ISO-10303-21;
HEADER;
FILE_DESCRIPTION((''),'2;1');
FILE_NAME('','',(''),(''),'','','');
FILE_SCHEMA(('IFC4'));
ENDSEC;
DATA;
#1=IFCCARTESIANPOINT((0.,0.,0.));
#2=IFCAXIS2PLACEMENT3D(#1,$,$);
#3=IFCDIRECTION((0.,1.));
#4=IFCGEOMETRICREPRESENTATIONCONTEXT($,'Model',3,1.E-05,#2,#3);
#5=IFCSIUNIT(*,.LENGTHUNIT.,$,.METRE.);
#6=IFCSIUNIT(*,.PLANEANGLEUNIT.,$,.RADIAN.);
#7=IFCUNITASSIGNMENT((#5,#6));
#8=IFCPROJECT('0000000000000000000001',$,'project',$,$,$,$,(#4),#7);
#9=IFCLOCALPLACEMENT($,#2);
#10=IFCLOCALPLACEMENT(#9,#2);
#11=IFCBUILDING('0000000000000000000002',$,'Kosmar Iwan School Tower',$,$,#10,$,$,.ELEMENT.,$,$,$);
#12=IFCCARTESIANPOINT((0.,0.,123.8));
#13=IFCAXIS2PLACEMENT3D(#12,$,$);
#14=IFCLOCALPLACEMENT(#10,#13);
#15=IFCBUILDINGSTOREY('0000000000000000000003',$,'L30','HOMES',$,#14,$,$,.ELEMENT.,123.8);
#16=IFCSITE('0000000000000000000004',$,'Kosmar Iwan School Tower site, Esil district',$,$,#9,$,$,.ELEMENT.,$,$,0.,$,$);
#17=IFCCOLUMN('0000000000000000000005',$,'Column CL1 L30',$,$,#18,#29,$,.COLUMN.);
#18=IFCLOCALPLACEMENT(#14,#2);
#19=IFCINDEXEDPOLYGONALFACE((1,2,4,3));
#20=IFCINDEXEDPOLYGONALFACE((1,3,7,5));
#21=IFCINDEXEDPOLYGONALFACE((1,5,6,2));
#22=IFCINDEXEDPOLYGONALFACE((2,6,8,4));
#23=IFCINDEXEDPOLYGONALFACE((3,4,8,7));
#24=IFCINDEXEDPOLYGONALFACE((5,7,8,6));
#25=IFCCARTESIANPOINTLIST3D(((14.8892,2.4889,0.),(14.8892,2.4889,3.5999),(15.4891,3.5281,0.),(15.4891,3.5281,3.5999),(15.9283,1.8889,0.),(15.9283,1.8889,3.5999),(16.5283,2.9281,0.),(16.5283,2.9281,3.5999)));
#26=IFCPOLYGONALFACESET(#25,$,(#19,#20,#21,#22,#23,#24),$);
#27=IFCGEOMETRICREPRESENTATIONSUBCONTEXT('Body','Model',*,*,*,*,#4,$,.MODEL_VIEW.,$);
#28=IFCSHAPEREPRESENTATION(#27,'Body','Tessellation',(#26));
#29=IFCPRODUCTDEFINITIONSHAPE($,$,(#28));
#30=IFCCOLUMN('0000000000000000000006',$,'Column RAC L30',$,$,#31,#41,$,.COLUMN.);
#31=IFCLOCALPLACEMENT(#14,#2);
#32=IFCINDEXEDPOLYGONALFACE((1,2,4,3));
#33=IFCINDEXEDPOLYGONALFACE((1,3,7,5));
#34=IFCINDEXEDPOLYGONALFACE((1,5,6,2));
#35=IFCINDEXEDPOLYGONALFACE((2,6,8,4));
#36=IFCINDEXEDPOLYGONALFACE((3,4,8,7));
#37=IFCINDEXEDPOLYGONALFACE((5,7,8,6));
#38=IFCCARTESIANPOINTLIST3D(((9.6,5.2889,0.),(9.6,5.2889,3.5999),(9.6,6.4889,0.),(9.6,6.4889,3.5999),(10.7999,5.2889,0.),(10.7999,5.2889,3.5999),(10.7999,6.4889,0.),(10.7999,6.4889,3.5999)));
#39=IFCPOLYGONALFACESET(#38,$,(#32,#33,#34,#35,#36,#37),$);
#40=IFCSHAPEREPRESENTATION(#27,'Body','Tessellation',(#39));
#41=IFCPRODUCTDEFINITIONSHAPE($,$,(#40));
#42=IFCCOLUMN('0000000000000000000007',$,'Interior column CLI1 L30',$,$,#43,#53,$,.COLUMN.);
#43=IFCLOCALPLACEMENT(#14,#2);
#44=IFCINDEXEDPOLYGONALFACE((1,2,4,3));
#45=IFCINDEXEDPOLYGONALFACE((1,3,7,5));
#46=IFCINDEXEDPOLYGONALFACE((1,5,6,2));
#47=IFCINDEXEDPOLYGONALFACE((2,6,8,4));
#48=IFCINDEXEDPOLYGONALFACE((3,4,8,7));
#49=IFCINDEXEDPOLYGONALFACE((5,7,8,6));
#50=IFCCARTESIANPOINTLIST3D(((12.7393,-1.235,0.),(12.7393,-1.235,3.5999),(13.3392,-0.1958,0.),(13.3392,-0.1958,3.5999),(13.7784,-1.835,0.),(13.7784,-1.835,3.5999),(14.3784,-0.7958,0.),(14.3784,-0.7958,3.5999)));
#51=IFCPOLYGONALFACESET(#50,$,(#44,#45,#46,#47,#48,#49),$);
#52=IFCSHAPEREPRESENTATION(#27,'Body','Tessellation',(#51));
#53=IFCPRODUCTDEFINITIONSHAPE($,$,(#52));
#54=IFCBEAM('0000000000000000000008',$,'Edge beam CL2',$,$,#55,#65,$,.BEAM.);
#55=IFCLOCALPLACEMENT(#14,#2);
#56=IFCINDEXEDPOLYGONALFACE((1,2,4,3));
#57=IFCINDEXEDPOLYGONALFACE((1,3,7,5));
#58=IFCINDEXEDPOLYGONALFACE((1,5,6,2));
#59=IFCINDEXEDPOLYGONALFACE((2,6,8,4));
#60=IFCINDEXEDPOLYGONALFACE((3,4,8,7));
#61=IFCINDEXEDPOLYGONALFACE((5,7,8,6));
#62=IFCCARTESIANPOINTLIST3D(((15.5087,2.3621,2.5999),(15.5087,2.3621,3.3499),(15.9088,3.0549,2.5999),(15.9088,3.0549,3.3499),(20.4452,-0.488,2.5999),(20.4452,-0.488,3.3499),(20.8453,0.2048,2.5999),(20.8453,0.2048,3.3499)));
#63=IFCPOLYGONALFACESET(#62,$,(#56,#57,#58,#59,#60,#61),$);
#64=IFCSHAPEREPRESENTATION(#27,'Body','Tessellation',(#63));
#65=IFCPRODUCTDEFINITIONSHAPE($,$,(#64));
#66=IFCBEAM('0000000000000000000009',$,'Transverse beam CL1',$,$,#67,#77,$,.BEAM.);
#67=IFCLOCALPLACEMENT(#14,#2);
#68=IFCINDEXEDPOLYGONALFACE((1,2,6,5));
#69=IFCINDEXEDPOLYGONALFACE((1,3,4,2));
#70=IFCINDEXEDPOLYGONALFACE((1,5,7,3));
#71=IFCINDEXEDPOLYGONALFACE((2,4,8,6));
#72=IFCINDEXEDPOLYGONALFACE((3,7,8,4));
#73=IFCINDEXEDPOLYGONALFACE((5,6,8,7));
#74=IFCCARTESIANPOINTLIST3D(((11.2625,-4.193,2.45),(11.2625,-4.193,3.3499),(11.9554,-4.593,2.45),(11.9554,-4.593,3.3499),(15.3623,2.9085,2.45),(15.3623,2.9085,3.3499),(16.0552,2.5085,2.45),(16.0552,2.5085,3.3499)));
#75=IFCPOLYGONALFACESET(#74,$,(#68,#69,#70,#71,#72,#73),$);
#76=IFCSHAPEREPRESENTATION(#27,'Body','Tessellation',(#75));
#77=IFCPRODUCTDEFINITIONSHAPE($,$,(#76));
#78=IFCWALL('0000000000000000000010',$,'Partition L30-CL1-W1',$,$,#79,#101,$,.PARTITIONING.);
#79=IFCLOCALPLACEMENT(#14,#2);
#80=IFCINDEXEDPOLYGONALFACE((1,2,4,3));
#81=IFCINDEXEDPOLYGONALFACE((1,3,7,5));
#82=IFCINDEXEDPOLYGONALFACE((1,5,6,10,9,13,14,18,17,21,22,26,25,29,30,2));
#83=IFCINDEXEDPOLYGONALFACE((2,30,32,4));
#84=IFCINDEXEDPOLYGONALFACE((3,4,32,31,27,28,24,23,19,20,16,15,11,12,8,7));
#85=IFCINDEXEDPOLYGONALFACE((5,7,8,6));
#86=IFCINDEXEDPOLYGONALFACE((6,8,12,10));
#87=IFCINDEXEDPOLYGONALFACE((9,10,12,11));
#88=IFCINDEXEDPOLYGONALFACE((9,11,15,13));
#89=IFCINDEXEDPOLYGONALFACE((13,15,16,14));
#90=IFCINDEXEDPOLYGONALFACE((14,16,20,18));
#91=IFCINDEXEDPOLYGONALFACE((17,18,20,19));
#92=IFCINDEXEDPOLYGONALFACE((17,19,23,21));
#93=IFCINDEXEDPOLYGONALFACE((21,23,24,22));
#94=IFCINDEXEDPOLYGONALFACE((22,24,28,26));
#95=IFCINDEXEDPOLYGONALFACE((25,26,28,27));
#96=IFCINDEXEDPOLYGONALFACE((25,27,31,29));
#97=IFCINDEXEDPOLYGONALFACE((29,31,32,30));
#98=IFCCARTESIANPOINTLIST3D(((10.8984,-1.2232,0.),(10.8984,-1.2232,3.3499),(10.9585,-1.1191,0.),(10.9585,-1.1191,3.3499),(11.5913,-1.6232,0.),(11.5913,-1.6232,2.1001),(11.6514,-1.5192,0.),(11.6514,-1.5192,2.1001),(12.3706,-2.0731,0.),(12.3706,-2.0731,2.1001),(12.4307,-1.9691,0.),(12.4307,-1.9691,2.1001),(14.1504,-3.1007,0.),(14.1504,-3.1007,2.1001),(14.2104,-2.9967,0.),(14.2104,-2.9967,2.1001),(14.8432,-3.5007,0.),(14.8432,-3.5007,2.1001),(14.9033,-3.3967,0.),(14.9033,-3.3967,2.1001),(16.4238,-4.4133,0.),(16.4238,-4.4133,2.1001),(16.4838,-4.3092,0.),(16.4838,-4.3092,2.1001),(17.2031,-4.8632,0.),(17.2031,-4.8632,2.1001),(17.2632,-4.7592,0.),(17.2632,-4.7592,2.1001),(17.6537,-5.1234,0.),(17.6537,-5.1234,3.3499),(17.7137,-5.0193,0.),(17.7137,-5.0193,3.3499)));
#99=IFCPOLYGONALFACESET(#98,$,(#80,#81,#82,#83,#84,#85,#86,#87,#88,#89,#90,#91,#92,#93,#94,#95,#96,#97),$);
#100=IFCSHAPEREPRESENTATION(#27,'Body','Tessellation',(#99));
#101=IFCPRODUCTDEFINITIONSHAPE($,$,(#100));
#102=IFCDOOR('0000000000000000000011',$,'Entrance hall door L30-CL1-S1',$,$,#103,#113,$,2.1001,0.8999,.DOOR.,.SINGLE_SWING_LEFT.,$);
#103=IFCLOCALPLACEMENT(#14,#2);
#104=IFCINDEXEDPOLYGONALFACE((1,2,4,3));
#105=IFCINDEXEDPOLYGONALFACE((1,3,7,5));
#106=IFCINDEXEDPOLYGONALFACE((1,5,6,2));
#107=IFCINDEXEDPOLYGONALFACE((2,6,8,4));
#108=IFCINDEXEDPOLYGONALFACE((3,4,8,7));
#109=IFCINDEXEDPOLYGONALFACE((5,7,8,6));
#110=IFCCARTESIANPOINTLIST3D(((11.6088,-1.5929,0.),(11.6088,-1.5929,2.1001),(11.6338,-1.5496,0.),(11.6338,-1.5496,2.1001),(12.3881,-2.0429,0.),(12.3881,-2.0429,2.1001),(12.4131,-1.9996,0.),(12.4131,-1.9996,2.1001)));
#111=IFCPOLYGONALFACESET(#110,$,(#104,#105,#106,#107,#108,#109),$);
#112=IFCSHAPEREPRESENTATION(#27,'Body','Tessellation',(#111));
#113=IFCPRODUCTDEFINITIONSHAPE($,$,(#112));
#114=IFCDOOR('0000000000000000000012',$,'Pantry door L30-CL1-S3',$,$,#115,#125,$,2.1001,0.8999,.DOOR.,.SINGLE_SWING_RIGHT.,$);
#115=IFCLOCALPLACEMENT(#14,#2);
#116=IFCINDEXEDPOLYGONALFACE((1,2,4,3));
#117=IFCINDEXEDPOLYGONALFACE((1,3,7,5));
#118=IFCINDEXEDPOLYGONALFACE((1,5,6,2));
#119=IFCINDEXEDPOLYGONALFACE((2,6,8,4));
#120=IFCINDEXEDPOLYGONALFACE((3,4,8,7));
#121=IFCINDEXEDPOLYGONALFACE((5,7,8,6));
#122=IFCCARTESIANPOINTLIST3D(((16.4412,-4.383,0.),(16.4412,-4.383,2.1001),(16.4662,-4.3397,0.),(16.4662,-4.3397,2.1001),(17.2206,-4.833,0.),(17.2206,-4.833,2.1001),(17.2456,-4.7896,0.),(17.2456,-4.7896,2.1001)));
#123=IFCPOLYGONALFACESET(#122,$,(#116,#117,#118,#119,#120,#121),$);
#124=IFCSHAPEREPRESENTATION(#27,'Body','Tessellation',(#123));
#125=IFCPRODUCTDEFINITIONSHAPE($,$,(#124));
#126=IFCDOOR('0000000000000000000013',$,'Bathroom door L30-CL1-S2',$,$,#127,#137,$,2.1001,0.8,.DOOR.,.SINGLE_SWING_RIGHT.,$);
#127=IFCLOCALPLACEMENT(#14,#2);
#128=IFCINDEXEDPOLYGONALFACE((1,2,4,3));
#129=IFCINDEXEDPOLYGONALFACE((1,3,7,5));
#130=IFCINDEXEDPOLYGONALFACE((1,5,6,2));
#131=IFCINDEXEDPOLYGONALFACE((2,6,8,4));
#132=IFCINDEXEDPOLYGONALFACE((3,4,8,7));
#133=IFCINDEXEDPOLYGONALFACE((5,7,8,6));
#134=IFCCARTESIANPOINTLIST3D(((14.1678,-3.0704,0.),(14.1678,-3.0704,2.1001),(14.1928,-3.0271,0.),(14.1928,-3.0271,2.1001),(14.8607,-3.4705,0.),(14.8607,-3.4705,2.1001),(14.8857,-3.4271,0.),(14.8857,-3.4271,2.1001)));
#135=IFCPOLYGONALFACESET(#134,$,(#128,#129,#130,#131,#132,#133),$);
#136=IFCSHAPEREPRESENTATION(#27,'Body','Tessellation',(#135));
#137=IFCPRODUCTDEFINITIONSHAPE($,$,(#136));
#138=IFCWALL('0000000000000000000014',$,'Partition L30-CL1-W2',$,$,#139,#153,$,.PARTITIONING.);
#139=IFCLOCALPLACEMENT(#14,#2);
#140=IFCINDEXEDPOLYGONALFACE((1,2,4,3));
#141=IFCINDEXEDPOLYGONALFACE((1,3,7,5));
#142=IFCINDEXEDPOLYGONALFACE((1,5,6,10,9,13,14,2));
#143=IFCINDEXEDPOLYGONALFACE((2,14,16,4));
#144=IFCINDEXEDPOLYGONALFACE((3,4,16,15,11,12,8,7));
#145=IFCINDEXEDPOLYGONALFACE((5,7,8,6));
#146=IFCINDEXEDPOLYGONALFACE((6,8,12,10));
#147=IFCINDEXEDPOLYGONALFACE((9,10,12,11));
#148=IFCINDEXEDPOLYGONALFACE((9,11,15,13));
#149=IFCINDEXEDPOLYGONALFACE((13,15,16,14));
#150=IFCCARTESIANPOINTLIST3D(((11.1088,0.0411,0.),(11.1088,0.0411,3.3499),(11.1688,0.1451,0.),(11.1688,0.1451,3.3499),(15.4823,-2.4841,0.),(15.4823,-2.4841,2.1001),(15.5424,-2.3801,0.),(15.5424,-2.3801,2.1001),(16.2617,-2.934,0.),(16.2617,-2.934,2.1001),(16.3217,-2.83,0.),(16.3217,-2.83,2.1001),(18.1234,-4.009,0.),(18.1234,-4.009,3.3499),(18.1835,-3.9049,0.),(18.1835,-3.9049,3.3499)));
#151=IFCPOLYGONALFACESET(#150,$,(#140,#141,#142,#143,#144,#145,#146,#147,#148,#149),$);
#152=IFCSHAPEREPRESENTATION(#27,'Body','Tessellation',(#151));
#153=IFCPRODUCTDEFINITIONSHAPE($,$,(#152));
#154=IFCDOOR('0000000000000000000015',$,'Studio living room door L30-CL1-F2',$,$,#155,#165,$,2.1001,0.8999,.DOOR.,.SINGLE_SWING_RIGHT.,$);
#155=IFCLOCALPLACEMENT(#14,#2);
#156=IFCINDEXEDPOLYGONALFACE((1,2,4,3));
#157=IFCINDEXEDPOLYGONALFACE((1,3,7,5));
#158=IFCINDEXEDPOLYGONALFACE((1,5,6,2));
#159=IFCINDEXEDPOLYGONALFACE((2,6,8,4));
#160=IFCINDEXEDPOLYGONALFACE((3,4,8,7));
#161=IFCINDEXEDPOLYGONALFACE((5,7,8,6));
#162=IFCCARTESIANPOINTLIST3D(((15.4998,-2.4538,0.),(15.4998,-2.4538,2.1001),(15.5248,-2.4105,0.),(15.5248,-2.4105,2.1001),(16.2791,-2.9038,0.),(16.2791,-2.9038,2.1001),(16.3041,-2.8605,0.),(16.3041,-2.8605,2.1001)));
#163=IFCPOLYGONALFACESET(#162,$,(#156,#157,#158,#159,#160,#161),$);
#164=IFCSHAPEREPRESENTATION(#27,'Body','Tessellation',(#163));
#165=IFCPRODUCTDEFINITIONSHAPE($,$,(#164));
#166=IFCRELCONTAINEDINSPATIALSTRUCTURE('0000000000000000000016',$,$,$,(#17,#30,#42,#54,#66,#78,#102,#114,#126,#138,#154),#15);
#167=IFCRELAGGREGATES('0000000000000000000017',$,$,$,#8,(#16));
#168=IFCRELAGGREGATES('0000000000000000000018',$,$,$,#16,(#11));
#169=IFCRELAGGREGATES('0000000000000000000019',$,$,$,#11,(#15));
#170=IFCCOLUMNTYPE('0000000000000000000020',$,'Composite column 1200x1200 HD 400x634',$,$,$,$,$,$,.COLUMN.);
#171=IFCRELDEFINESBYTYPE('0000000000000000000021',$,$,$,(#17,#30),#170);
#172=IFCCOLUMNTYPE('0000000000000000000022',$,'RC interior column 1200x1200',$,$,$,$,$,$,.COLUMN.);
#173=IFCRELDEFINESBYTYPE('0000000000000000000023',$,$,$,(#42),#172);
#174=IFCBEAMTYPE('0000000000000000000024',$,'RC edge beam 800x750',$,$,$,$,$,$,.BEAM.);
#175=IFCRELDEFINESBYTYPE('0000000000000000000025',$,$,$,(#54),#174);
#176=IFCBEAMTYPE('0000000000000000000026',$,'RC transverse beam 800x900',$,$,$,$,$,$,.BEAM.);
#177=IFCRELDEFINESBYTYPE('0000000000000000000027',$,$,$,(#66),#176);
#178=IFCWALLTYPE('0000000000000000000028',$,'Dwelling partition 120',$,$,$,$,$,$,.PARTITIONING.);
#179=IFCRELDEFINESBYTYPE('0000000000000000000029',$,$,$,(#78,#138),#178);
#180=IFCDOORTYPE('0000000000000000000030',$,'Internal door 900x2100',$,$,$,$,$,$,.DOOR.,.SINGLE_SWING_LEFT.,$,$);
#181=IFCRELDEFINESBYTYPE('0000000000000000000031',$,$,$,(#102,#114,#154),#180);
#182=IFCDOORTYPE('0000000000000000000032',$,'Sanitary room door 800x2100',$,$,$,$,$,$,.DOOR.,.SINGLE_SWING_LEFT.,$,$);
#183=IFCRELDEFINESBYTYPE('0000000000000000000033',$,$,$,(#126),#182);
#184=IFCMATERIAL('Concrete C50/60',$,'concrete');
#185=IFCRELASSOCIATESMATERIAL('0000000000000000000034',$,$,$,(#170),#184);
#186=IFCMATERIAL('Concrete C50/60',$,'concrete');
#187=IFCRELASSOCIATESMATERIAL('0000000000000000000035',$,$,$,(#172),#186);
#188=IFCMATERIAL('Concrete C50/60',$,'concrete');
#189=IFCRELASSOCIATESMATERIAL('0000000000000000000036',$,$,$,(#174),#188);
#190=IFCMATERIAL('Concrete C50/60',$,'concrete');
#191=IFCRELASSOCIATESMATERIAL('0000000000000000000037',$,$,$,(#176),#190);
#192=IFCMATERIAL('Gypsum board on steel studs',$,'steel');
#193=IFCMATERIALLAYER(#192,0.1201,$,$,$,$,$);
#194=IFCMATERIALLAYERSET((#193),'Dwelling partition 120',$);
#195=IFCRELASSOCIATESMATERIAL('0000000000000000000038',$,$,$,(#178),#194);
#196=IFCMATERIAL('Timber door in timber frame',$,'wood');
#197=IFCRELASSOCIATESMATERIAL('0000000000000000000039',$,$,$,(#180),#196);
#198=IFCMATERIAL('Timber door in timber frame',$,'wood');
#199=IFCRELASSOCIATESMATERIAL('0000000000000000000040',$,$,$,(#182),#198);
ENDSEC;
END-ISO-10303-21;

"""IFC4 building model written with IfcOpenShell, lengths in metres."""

from ifc_helpers import new_model, si_unit, direction, frame, frame_2d, origin, origin_2d, place, context, subcontext, project, spatial, rectangle, extrude, material, layer, layer_set, material_profile, profile_set, type_object, element, fill, save


model = new_model("IFC4")

# Units and contexts
model_context = context("Model", 3, precision=1e-05, world=origin(), true_north=direction((0.0, 1.0)))
body_context = subcontext(model_context, "Body", "Model", "MODEL_VIEW")
ifc_project = project(units=[si_unit("LENGTHUNIT", "METRE"), si_unit("PLANEANGLEUNIT", "RADIAN")], contexts=[model_context])

# Site, building, storey
site_placement = place(None, origin())
site = spatial("IfcSite", under=ifc_project, at=site_placement, Name="Kosmar Iwan School Tower site, Esil district", CompositionType="ELEMENT", RefElevation=0.0)
building_placement = place(site_placement, origin())
building = spatial("IfcBuilding", under=site, at=building_placement, Name="Kosmar Iwan School Tower", CompositionType="ELEMENT")
storey_placement = place(building_placement, frame((0.0, 0.0, 123.8)))
storey = spatial("IfcBuildingStorey", under=building, at=storey_placement, Name="L30", Description="HOMES", CompositionType="ELEMENT", Elevation=123.8)

# Columns
ifc_material_1 = material(Name="Concrete C50/60", Category="concrete")
ifc_material_profile_1 = material_profile(ifc_material_1, rectangle(XDim=1.2, YDim=1.2, at=origin_2d()), Name="RC 1200x1200 + HD 400x634")
ifc_profile_set_1 = profile_set([ifc_material_profile_1], Name="Concrete C50/60")
column_type_1 = type_object("IfcColumnType", Name="Composite column 1200x1200 HD 400x634", PredefinedType="COLUMN", material=ifc_profile_set_1)
for number, where, z_axis, x_axis, name in (
    (1, (15.7087, 2.7085, 0.0), (0.0, 0.0, 1.0), (0.866025, -0.5, 0.0), "Column CL1 L30"),
    (2, (10.2, 5.8889, 0.0), (0.0, 0.0, 1.0), (1.0, 0.0, 0.0), "Column RAC L30"),
):
    element("IfcColumn", number, at=place(storey_placement, frame(where, z_axis=z_axis, x_axis=x_axis)), inside=storey, type_object=column_type_1, Name=name, PredefinedType="COLUMN", context=body_context, shape_type="SweptSolid", body=[
        extrude(rectangle(XDim=1.2, YDim=1.2, at=origin_2d()), origin(), (0.0, 0.0, 1.0), 3.5999),
    ])
ifc_material_2 = material(Name="Concrete C50/60", Category="concrete")
ifc_material_profile_2 = material_profile(ifc_material_2, rectangle(XDim=1.2, YDim=1.2, at=origin_2d()), Name="RC 1200x1200")
ifc_profile_set_2 = profile_set([ifc_material_profile_2], Name="Concrete C50/60")
column_type_2 = type_object("IfcColumnType", Name="RC interior column 1200x1200", PredefinedType="COLUMN", material=ifc_profile_set_2)
column_placement = place(storey_placement, frame((13.5588, -1.0154, 0.0), z_axis=(0.0, 0.0, 1.0), x_axis=(0.866025, -0.5, 0.0)))
element("IfcColumn", 3, at=column_placement, inside=storey, type_object=column_type_2, Name="Interior column CLI1 L30", PredefinedType="COLUMN", context=body_context, shape_type="SweptSolid", body=[
    extrude(rectangle(XDim=1.2, YDim=1.2, at=origin_2d()), origin(), (0.0, 0.0, 1.0), 3.5999),
])

# Beams
ifc_material_3 = material(Name="Concrete C50/60", Category="concrete")
ifc_material_profile_3 = material_profile(ifc_material_3, rectangle(XDim=0.8, YDim=0.75, at=origin_2d()), Name="RC 800x750")
ifc_profile_set_3 = profile_set([ifc_material_profile_3], Name="Concrete C50/60")
beam_type_1 = type_object("IfcBeamType", Name="RC edge beam 800x750", PredefinedType="BEAM", material=ifc_profile_set_3)
beam_1_placement = place(storey_placement, frame((15.7087, 2.7085, 2.9749), z_axis=(0.866026, -0.499999, 0.0), x_axis=(0.499999, 0.866026, 0.0)))
element("IfcBeam", 4, at=beam_1_placement, inside=storey, type_object=beam_type_1, Name="Edge beam CL2", PredefinedType="BEAM", context=body_context, shape_type="SweptSolid", body=[
    extrude(rectangle(XDim=0.8, YDim=0.75, at=origin_2d()), origin(), (0.0, 0.0, 1.0), 5.7002),
])
ifc_material_4 = material(Name="Concrete C50/60", Category="concrete")
ifc_material_profile_4 = material_profile(ifc_material_4, rectangle(XDim=0.8, YDim=0.8999, at=origin_2d()), Name="RC 800x900")
ifc_profile_set_4 = profile_set([ifc_material_profile_4], Name="Concrete C50/60")
beam_type_2 = type_object("IfcBeamType", Name="RC transverse beam 800x900", PredefinedType="BEAM", material=ifc_profile_set_4)
beam_2_placement = place(storey_placement, frame((15.7087, 2.7085, 2.8999), z_axis=(-0.499978, -0.866038, 0.0), x_axis=(0.866038, -0.499978, 0.0)))
element("IfcBeam", 5, at=beam_2_placement, inside=storey, type_object=beam_type_2, Name="Transverse beam CL1", PredefinedType="BEAM", context=body_context, shape_type="SweptSolid", body=[
    extrude(rectangle(XDim=0.8, YDim=0.8999, at=origin_2d()), origin(), (0.0, 0.0, 1.0), 8.2),
])

# Wall, openings, doors
ifc_material_5 = material(Name="Gypsum board on steel studs", Category="steel")
ifc_layer_1 = layer(ifc_material_5, 0.1201)
ifc_layer_set_1 = layer_set([ifc_layer_1], Name="Dwelling partition 120")
wall_type_1 = type_object("IfcWallType", Name="Dwelling partition 120", PredefinedType="PARTITIONING", material=ifc_layer_set_1)
wall_1_placement = place(storey_placement, frame((10.9285, -1.1711, 0.0), z_axis=(0.0, 0.0, 1.0), x_axis=(0.866021, -0.500007, 0.0)))
wall_1 = element("IfcWall", 6, at=wall_1_placement, inside=storey, type_object=wall_type_1, Name="Partition L30-CL1-W1", PredefinedType="PARTITIONING", context=body_context, shape_type="SweptSolid", body=[
    extrude(rectangle(XDim=7.8003, YDim=0.1201, at=frame_2d((3.9001, 0.0))), origin(), (0.0, 0.0, 1.0), 3.3499),
])
opening_1_placement = place(wall_1_placement, frame((0.8, 0.0, 0.0)))
opening_1 = element("IfcOpeningElement", 7, at=opening_1_placement, cuts=wall_1, PredefinedType="OPENING", context=body_context, shape_type="SweptSolid", body=[
    extrude(rectangle(XDim=0.8999, YDim=2.1001, at=frame_2d((0.45, 1.05))), frame((0.0, 0.072, 0.0), z_axis=(0.0, -1.0, 0.0), x_axis=(1.0, 0.0, 0.0)), (0.0, 0.0, 1.0), 0.144),
])
opening_2_placement = place(wall_1_placement, frame((3.7551, 0.0, 0.0)))
opening_2 = element("IfcOpeningElement", 8, at=opening_2_placement, cuts=wall_1, PredefinedType="OPENING", context=body_context, shape_type="SweptSolid", body=[
    extrude(rectangle(XDim=0.8, YDim=2.1001, at=frame_2d((0.3999, 1.05))), frame((0.0, 0.072, 0.0), z_axis=(0.0, -1.0, 0.0), x_axis=(1.0, 0.0, 0.0)), (0.0, 0.0, 1.0), 0.144),
])
opening_3_placement = place(wall_1_placement, frame((6.3801, 0.0, 0.0)))
opening_3 = element("IfcOpeningElement", 9, at=opening_3_placement, cuts=wall_1, PredefinedType="OPENING", context=body_context, shape_type="SweptSolid", body=[
    extrude(rectangle(XDim=0.8999, YDim=2.1001, at=frame_2d((0.45, 1.05))), frame((0.0, 0.072, 0.0), z_axis=(0.0, -1.0, 0.0), x_axis=(1.0, 0.0, 0.0)), (0.0, 0.0, 1.0), 0.144),
])
ifc_material_6 = material(Name="Timber door in timber frame", Category="wood")
door_type_1 = type_object("IfcDoorType", Name="Internal door 900x2100", OperationType="SINGLE_SWING_LEFT", PredefinedType="DOOR", material=ifc_material_6)
door_1_placement = place(opening_1_placement, origin())
door_1 = element("IfcDoor", 10, at=door_1_placement, inside=storey, type_object=door_type_1, Name="Entrance hall door L30-CL1-S1", OperationType="SINGLE_SWING_LEFT", OverallHeight=2.1001, OverallWidth=0.8999, PredefinedType="DOOR", context=body_context, shape_type="SweptSolid", body=[
    extrude(rectangle(XDim=0.8999, YDim=2.1001, at=frame_2d((0.45, 1.05))), frame((0.0, 0.0249, 0.0), z_axis=(0.0, -1.0, 0.0), x_axis=(1.0, 0.0, 0.0)), (0.0, 0.0, 1.0), 0.05),
])
fill(opening_1, door_1)
door_2_placement = place(opening_3_placement, origin())
door_2 = element("IfcDoor", 11, at=door_2_placement, inside=storey, type_object=door_type_1, Name="Pantry door L30-CL1-S3", OperationType="SINGLE_SWING_RIGHT", OverallHeight=2.1001, OverallWidth=0.8999, PredefinedType="DOOR", context=body_context, shape_type="SweptSolid", body=[
    extrude(rectangle(XDim=0.8999, YDim=2.1001, at=frame_2d((0.45, 1.05))), frame((0.0, 0.0249, 0.0), z_axis=(0.0, -1.0, 0.0), x_axis=(1.0, 0.0, 0.0)), (0.0, 0.0, 1.0), 0.05),
])
fill(opening_3, door_2)
ifc_material_7 = material(Name="Timber door in timber frame", Category="wood")
door_type_2 = type_object("IfcDoorType", Name="Sanitary room door 800x2100", OperationType="SINGLE_SWING_LEFT", PredefinedType="DOOR", material=ifc_material_7)
door_3_placement = place(opening_2_placement, origin())
door_3 = element("IfcDoor", 12, at=door_3_placement, inside=storey, type_object=door_type_2, Name="Bathroom door L30-CL1-S2", OperationType="SINGLE_SWING_RIGHT", OverallHeight=2.1001, OverallWidth=0.8, PredefinedType="DOOR", context=body_context, shape_type="SweptSolid", body=[
    extrude(rectangle(XDim=0.8, YDim=2.1001, at=frame_2d((0.3999, 1.05))), frame((0.0, 0.0249, 0.0), z_axis=(0.0, -1.0, 0.0), x_axis=(1.0, 0.0, 0.0)), (0.0, 0.0, 1.0), 0.05),
])
fill(opening_2, door_3)

# Wall, opening, door
wall_2_placement = place(storey_placement, frame((11.1389, 0.093, 0.0), z_axis=(0.0, 0.0, 1.0), x_axis=(0.866018, -0.500013, 0.0)))
wall_2 = element("IfcWall", 13, at=wall_2_placement, inside=storey, type_object=wall_type_1, Name="Partition L30-CL1-W2", PredefinedType="PARTITIONING", context=body_context, shape_type="SweptSolid", body=[
    extrude(rectangle(XDim=8.0999, YDim=0.1201, at=frame_2d((4.0498, 0.0))), origin(), (0.0, 0.0, 1.0), 3.3499),
])
opening_4_placement = place(wall_2_placement, frame((5.05, 0.0, 0.0)))
opening_4 = element("IfcOpeningElement", 14, at=opening_4_placement, cuts=wall_2, PredefinedType="OPENING", context=body_context, shape_type="SweptSolid", body=[
    extrude(rectangle(XDim=0.8999, YDim=2.1001, at=frame_2d((0.45, 1.05))), frame((0.0, 0.072, 0.0), z_axis=(0.0, -1.0, 0.0), x_axis=(1.0, 0.0, 0.0)), (0.0, 0.0, 1.0), 0.144),
])
door_4_placement = place(opening_4_placement, origin())
door_4 = element("IfcDoor", 15, at=door_4_placement, inside=storey, type_object=door_type_1, Name="Studio living room door L30-CL1-F2", OperationType="SINGLE_SWING_RIGHT", OverallHeight=2.1001, OverallWidth=0.8999, PredefinedType="DOOR", context=body_context, shape_type="SweptSolid", body=[
    extrude(rectangle(XDim=0.8999, YDim=2.1001, at=frame_2d((0.45, 1.05))), frame((0.0, 0.0249, 0.0), z_axis=(0.0, -1.0, 0.0), x_axis=(1.0, 0.0, 0.0)), (0.0, 0.0, 1.0), 0.05),
])
fill(opening_4, door_4)

save(model, "model.ifc")
